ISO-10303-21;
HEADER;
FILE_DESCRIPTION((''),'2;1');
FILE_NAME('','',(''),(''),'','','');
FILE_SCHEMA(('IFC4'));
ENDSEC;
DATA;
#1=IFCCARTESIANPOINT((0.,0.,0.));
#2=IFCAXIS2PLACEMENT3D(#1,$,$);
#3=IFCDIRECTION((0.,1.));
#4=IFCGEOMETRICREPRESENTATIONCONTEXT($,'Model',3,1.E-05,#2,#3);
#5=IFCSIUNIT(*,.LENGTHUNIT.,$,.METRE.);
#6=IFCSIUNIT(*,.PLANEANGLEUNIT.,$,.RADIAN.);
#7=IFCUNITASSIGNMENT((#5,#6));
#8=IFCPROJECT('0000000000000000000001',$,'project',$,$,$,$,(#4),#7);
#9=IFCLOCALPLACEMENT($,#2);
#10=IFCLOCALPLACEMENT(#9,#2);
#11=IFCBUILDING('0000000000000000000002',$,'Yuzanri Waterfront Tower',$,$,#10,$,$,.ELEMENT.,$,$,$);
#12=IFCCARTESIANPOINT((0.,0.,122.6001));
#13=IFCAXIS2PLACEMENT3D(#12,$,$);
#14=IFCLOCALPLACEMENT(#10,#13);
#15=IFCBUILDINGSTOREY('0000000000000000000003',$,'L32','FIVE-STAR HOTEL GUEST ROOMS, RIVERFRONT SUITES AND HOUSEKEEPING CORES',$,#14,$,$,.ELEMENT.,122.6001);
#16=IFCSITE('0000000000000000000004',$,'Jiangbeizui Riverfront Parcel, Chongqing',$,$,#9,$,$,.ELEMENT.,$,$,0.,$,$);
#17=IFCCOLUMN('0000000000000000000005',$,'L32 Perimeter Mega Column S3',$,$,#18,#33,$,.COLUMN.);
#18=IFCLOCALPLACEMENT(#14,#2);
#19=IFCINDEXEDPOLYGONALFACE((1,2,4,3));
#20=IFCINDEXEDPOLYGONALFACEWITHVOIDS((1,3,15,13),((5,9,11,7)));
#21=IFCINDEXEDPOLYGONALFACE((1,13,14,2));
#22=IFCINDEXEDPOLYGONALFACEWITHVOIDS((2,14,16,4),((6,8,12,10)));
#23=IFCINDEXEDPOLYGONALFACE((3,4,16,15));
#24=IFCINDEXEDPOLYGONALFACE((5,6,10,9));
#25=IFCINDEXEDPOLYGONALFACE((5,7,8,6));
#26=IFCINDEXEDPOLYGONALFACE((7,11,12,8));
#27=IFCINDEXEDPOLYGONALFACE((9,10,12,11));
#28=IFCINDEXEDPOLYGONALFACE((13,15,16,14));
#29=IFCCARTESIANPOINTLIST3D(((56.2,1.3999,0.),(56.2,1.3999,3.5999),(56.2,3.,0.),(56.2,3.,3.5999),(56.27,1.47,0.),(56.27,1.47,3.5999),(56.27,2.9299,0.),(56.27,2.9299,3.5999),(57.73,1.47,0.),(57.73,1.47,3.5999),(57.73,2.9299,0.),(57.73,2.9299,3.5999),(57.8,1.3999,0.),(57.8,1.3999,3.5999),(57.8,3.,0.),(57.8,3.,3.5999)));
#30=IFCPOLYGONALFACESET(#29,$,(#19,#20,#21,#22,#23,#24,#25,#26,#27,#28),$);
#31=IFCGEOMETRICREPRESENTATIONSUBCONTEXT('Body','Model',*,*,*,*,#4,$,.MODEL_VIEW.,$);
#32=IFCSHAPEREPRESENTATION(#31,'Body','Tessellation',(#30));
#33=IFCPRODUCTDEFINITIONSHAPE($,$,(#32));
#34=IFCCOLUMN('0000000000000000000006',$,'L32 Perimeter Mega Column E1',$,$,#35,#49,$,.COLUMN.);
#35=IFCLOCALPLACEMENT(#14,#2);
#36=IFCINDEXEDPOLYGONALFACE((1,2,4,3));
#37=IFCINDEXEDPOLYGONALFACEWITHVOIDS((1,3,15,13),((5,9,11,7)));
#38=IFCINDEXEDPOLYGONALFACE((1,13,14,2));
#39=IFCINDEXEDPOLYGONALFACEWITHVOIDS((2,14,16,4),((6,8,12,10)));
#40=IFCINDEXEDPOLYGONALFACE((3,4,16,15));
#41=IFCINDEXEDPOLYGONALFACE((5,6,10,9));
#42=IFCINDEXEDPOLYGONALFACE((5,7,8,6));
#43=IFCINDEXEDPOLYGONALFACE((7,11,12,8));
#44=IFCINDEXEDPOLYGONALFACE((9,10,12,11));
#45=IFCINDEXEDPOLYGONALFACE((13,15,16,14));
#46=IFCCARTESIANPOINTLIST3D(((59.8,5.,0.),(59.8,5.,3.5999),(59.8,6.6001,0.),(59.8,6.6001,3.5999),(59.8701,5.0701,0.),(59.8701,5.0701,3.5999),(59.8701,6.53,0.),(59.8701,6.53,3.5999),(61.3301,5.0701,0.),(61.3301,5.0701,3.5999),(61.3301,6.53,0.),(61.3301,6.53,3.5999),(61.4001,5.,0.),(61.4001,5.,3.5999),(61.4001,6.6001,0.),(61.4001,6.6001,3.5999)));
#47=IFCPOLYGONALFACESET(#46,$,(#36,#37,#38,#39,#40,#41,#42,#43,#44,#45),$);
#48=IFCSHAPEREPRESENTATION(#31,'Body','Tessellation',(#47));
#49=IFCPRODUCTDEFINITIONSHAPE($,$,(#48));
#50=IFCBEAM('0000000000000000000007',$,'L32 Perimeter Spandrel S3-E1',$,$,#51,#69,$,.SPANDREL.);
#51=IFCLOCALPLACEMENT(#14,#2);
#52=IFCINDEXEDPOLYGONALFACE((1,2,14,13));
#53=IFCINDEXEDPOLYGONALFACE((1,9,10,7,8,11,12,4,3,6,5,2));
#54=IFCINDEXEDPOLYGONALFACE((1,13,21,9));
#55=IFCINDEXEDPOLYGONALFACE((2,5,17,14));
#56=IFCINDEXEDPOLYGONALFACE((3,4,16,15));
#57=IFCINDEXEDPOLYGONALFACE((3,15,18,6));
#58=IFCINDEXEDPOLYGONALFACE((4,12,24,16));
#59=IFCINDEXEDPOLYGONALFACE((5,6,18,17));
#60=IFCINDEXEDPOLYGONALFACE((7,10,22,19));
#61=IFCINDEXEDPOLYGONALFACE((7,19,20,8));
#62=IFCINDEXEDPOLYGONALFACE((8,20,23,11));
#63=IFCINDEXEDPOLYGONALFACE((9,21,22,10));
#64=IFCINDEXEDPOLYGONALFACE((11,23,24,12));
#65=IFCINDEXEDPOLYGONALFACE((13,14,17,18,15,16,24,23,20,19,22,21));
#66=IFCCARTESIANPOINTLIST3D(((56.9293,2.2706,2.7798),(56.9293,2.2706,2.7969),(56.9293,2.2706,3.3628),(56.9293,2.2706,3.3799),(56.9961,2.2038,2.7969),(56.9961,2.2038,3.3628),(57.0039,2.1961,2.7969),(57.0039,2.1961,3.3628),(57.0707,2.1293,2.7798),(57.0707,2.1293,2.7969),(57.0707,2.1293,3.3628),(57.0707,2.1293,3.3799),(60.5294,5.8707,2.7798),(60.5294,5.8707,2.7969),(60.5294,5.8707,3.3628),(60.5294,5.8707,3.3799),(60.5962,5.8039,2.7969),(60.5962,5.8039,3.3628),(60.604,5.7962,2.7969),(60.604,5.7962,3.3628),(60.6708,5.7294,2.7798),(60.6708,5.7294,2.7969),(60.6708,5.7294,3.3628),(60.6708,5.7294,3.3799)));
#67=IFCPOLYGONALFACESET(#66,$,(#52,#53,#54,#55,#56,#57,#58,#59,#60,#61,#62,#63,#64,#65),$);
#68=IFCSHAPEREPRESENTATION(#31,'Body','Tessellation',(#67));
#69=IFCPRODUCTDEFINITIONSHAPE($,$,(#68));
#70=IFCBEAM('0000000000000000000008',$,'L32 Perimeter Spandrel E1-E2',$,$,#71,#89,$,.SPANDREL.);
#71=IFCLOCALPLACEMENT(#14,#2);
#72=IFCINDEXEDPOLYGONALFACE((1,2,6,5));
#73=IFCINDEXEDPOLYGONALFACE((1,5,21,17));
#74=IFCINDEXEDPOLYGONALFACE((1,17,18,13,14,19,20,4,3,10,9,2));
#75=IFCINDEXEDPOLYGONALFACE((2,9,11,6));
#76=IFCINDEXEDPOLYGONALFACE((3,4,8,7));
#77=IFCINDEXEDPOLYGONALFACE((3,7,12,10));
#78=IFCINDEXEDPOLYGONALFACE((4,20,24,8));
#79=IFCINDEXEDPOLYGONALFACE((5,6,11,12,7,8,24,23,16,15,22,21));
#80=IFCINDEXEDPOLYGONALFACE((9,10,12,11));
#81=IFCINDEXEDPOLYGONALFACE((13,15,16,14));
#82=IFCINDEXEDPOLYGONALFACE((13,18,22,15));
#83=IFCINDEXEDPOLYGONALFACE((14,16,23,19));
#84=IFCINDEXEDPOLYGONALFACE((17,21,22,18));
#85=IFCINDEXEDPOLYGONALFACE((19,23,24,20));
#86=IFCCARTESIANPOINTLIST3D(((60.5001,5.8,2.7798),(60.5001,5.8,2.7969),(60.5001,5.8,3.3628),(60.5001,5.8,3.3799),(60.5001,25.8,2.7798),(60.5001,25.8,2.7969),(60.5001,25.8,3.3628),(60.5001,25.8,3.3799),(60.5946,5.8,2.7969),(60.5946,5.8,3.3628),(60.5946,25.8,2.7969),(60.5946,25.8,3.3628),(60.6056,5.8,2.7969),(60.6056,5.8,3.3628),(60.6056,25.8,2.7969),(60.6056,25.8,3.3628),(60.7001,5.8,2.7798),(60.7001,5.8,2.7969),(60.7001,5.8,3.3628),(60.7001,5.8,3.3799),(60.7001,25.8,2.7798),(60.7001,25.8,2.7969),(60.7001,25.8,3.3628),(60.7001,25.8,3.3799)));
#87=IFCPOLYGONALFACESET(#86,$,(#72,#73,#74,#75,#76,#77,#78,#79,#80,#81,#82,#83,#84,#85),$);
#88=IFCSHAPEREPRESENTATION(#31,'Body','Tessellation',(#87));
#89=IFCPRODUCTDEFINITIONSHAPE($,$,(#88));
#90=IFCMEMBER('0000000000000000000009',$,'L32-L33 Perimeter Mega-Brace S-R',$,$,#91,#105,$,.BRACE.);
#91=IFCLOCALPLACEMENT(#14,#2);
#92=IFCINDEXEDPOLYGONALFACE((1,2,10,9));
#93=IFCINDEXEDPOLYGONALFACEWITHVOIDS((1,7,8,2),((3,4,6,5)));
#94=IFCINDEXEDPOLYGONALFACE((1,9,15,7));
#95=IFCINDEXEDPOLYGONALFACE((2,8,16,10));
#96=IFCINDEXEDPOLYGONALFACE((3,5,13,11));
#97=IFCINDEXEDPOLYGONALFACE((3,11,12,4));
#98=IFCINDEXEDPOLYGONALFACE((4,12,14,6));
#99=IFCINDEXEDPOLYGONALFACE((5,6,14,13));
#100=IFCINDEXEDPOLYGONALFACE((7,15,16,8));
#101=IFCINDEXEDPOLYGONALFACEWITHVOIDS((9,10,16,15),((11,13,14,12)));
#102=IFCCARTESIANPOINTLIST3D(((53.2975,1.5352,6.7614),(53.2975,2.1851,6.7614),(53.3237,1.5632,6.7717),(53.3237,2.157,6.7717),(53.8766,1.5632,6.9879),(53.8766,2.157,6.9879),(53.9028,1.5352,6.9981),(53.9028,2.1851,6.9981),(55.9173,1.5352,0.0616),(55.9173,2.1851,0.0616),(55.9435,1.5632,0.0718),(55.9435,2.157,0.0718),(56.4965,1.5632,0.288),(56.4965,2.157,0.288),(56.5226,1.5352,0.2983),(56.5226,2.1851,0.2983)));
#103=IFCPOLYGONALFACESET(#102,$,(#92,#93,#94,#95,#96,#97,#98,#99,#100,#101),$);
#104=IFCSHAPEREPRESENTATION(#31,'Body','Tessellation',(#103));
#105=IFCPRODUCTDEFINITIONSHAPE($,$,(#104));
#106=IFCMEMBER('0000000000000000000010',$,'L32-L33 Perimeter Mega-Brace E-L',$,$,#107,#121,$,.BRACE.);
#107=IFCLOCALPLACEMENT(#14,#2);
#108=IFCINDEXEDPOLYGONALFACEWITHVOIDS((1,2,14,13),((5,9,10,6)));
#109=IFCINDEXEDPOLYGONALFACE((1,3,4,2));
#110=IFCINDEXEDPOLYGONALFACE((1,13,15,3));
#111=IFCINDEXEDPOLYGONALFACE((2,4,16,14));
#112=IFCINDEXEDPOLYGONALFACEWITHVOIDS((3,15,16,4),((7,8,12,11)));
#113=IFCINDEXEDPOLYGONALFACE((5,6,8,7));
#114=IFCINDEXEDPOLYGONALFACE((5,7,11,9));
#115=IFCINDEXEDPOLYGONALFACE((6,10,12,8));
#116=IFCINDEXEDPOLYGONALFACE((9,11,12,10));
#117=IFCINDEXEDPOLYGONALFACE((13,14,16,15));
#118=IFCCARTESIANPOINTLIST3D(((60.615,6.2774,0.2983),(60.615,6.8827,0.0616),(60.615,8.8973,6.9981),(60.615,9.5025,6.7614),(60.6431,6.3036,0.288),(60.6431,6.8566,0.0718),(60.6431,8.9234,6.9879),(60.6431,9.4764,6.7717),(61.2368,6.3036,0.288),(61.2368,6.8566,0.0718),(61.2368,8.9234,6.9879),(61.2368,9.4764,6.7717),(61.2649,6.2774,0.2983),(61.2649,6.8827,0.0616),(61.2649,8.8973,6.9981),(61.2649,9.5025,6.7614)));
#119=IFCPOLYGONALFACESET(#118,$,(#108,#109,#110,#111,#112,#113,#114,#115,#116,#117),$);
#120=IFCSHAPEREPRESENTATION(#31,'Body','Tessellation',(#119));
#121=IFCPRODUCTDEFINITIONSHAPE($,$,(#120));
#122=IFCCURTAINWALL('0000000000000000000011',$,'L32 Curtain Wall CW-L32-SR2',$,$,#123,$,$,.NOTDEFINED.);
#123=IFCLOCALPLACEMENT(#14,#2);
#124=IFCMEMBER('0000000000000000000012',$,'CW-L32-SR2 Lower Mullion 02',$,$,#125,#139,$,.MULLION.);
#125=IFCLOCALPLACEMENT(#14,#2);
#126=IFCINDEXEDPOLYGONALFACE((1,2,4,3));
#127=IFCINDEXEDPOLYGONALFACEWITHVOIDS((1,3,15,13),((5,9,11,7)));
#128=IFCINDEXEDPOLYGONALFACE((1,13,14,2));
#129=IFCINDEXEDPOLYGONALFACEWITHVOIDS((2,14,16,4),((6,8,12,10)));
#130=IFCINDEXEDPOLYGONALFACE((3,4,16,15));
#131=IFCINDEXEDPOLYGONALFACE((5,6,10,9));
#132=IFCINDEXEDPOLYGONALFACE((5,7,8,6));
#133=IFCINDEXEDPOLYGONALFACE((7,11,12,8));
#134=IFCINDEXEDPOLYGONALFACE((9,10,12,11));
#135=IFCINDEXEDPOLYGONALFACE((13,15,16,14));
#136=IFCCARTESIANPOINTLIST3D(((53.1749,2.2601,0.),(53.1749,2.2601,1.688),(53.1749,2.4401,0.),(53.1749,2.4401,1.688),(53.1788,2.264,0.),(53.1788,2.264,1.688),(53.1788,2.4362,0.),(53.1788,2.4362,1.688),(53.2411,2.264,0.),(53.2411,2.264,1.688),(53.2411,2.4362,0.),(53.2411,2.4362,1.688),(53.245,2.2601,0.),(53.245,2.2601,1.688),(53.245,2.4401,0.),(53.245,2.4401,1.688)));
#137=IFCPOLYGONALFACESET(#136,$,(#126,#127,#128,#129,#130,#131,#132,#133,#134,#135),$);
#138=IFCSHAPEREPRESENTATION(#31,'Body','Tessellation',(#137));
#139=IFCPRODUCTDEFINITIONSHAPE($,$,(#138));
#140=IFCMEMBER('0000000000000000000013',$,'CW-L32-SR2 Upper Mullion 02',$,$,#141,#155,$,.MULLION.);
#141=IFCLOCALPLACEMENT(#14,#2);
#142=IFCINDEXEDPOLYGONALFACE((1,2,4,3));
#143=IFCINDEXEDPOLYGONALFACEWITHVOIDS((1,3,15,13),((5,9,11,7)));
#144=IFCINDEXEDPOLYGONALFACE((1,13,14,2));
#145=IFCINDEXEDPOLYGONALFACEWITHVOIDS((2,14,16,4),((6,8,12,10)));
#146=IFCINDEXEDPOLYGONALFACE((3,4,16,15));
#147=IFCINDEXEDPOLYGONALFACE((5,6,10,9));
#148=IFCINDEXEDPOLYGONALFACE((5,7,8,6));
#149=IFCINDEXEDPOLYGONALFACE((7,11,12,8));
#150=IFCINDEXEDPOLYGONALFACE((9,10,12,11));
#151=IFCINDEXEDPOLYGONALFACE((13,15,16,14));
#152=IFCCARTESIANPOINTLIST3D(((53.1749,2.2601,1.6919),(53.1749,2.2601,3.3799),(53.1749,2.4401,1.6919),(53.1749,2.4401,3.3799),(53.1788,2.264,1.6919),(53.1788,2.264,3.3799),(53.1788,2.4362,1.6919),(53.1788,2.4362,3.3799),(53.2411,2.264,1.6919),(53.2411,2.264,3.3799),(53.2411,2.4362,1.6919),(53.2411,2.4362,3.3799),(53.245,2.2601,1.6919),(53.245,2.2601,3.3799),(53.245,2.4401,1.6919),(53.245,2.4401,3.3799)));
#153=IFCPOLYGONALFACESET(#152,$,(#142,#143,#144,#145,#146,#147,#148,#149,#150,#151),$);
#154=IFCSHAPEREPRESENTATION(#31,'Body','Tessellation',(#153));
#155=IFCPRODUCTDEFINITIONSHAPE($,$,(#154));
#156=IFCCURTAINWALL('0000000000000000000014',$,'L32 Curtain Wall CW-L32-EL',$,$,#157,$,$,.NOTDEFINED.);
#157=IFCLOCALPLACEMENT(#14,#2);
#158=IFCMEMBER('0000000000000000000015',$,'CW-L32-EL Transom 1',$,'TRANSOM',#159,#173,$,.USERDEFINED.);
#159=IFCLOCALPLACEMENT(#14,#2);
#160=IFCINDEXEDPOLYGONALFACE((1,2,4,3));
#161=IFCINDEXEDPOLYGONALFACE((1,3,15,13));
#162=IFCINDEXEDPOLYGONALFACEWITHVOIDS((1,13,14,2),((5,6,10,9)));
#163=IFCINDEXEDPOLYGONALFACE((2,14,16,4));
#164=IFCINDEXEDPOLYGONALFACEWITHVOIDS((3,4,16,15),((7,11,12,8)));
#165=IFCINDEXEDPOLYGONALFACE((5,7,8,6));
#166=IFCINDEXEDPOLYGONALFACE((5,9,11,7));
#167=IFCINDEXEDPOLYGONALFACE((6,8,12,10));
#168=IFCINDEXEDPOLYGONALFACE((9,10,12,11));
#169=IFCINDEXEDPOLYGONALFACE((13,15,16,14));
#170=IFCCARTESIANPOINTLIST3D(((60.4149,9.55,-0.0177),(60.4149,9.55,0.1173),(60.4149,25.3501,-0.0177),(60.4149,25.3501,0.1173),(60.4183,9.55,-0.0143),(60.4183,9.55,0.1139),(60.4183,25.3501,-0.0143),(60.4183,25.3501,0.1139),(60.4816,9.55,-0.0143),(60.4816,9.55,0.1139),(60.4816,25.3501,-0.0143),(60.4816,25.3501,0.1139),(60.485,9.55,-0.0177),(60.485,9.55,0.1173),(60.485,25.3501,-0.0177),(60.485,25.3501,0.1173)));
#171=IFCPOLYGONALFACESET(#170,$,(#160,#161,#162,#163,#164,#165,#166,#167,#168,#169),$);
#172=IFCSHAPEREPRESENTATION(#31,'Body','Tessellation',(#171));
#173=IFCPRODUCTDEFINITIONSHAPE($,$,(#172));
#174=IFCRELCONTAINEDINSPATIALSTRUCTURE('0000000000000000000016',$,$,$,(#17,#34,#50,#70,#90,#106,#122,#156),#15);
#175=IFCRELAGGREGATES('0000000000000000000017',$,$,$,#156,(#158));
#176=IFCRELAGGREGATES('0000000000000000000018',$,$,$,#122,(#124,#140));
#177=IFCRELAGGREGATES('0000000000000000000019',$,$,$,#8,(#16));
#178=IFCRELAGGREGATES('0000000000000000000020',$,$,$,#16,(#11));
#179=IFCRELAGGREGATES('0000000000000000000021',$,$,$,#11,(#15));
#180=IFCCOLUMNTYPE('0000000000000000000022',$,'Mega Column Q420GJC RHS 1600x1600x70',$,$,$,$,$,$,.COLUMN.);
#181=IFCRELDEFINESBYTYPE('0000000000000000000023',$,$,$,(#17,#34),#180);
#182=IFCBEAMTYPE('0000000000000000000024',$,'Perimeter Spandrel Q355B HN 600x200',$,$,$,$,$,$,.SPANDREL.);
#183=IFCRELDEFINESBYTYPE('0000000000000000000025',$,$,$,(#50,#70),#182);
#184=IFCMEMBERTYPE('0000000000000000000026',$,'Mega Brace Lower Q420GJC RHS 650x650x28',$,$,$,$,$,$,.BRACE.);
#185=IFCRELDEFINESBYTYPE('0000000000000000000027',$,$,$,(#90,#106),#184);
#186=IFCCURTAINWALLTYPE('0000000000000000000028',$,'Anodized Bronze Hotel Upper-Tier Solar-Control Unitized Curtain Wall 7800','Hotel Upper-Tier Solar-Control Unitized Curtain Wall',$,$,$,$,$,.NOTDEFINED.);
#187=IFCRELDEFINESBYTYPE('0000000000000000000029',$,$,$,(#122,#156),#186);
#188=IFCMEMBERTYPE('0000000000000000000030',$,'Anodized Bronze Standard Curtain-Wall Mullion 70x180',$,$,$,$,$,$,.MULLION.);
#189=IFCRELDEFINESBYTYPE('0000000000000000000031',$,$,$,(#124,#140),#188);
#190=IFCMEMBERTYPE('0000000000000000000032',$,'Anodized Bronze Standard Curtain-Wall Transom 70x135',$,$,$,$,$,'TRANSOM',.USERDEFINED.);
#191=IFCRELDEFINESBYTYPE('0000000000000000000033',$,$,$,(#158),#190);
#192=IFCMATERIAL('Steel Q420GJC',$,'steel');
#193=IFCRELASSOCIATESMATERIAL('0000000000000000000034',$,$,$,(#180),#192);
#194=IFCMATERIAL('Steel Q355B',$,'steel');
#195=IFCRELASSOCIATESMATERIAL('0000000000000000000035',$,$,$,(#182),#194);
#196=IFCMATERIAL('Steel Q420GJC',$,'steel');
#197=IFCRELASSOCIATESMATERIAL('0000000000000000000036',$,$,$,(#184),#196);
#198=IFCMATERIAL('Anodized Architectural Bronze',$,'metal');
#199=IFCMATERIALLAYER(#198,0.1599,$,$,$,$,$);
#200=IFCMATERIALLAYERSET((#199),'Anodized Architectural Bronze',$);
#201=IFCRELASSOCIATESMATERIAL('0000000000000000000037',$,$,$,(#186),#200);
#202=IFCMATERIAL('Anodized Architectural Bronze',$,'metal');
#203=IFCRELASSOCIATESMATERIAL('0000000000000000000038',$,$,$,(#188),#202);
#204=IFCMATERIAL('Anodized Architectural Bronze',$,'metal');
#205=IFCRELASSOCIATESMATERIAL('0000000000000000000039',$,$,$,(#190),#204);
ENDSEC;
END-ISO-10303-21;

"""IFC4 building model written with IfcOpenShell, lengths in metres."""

from ifc_helpers import new_model, si_unit, direction, frame, origin, origin_2d, place, context, subcontext, project, spatial, hollow_rectangle, i_section, extrude, source, transform, mapped, material, layer, layer_set, material_profile, profile_set, type_object, element, aggregate, save


model = new_model("IFC4")

# Units and contexts
model_context = context("Model", 3, precision=1e-05, world=origin(), true_north=direction((0.0, 1.0)))
body_context = subcontext(model_context, "Body", "Model", "MODEL_VIEW")
ifc_project = project(units=[si_unit("LENGTHUNIT", "METRE"), si_unit("PLANEANGLEUNIT", "RADIAN")], contexts=[model_context])

# Site, building, storey
site_placement = place(None, origin())
site = spatial("IfcSite", under=ifc_project, at=site_placement, Name="Jiangbeizui Riverfront Parcel, Chongqing", CompositionType="ELEMENT", RefElevation=0.0)
building_placement = place(site_placement, origin())
building = spatial("IfcBuilding", under=site, at=building_placement, Name="Yuzanri Waterfront Tower", CompositionType="ELEMENT")
storey_placement = place(building_placement, frame((0.0, 0.0, 122.6001)))
storey = spatial("IfcBuildingStorey", under=building, at=storey_placement, Name="L32", Description="FIVE-STAR HOTEL GUEST ROOMS, RIVERFRONT SUITES AND HOUSEKEEPING CORES", CompositionType="ELEMENT", Elevation=122.6001)

# Columns
ifc_material_1 = material(Name="Steel Q420GJC", Category="steel")
ifc_material_profile_1 = material_profile(ifc_material_1, hollow_rectangle(XDim=1.6001, YDim=1.6001, WallThickness=0.0701, at=origin_2d()), Name="RHS 1600x1600x70")
ifc_profile_set_1 = profile_set([ifc_material_profile_1], Name="Steel Q420GJC")
column_type = type_object("IfcColumnType", Name="Mega Column Q420GJC RHS 1600x1600x70", PredefinedType="COLUMN", material=ifc_profile_set_1)
shared_shape_1 = source(origin(), body_context, "Body", "SweptSolid", [
    extrude(hollow_rectangle(XDim=1.6001, YDim=1.6001, WallThickness=0.0701, at=origin_2d()), origin(), (0.0, 0.0, 1.0), 3.5999),
])
for number, where, z_axis, x_axis, name in (
    (1, (57.0, 2.2, 0.0), (0.0, 0.0, 1.0), (1.0, 0.0, 0.0), "L32 Perimeter Mega Column S3"),
    (2, (60.6001, 5.8, 0.0), (0.0, 0.0, 1.0), (1.0, 0.0, 0.0), "L32 Perimeter Mega Column E1"),
):
    element("IfcColumn", number, at=place(storey_placement, frame(where, z_axis=z_axis, x_axis=x_axis)), inside=storey, type_object=column_type, Name=name, PredefinedType="COLUMN", context=body_context, shape_type="MappedRepresentation", body=[
        mapped(shared_shape_1, transform((0.0, 0.0, 0.0), scale=1.0)),
    ])

# Beams
ifc_material_2 = material(Name="Steel Q355B", Category="steel")
ifc_material_profile_2 = material_profile(ifc_material_2, i_section(OverallWidth=0.2, OverallDepth=0.6001, WebThickness=0.011, FlangeThickness=0.0171, at=origin_2d()), Name="HN 600x200x11x17")
ifc_profile_set_2 = profile_set([ifc_material_profile_2], Name="Steel Q355B")
beam_type = type_object("IfcBeamType", Name="Perimeter Spandrel Q355B HN 600x200", PredefinedType="SPANDREL", material=ifc_profile_set_2)
shared_shape_2 = source(origin(), body_context, "Body", "SweptSolid", [
    extrude(i_section(OverallWidth=0.2, OverallDepth=0.6001, WebThickness=0.011, FlangeThickness=0.0171, at=origin_2d()), origin(), (0.0, 0.0, 1.0), 5.0913),
])
beam_1_placement = place(storey_placement, frame((57.0, 2.2, 3.0798), z_axis=(0.707107, 0.707107, 0.0), x_axis=(-0.707107, 0.707107, 0.0)))
element("IfcBeam", 3, at=beam_1_placement, inside=storey, type_object=beam_type, Name="L32 Perimeter Spandrel S3-E1", PredefinedType="SPANDREL", context=body_context, shape_type="MappedRepresentation", body=[
    mapped(shared_shape_2, transform((0.0, 0.0, 0.0), scale=1.0)),
])
shared_shape_3 = source(origin(), body_context, "Body", "SweptSolid", [
    extrude(i_section(OverallWidth=0.2, OverallDepth=0.6001, WebThickness=0.011, FlangeThickness=0.0171, at=origin_2d()), origin(), (0.0, 0.0, 1.0), 20.0),
])
beam_2_placement = place(storey_placement, frame((60.6001, 5.8, 3.0798), z_axis=(0.0, 1.0, 0.0), x_axis=(-1.0, 0.0, 0.0)))
element("IfcBeam", 4, at=beam_2_placement, inside=storey, type_object=beam_type, Name="L32 Perimeter Spandrel E1-E2", PredefinedType="SPANDREL", context=body_context, shape_type="MappedRepresentation", body=[
    mapped(shared_shape_3, transform((0.0, 0.0, 0.0), scale=1.0)),
])

# Members
ifc_material_3 = material(Name="Steel Q420GJC", Category="steel")
ifc_material_profile_3 = material_profile(ifc_material_3, hollow_rectangle(XDim=0.6499, YDim=0.6499, WallThickness=0.0281, at=origin_2d()), Name="RHS 650x650x28")
ifc_profile_set_3 = profile_set([ifc_material_profile_3], Name="Steel Q420GJC")
member_type_1 = type_object("IfcMemberType", Name="Mega Brace Lower Q420GJC RHS 650x650x28", PredefinedType="BRACE", material=ifc_profile_set_3)
shared_shape_4 = source(origin(), body_context, "Body", "SweptSolid", [
    extrude(hollow_rectangle(XDim=0.6499, YDim=0.6499, WallThickness=0.0281, at=origin_2d()), origin(), (0.0, 0.0, 1.0), 7.1938),
])
for number, where, z_axis, x_axis, name in (
    (5, (56.22, 1.8601, 0.1799), (-0.364177, 0.0, 0.93133), (0.0, -1.0, 0.0), "L32-L33 Perimeter Mega-Brace S-R"),
    (6, (60.9399, 6.5801, 0.1799), (0.0, 0.364177, 0.93133), (-1.0, 0.0, 0.0), "L32-L33 Perimeter Mega-Brace E-L"),
):
    element("IfcMember", number, at=place(storey_placement, frame(where, z_axis=z_axis, x_axis=x_axis)), inside=storey, type_object=member_type_1, Name=name, PredefinedType="BRACE", context=body_context, shape_type="MappedRepresentation", body=[
        mapped(shared_shape_4, transform((0.0, 0.0, 0.0), scale=1.0)),
    ])

# Curtain walls, members
ifc_material_4 = material(Name="Anodized Architectural Bronze", Category="metal")
ifc_layer_1 = layer(ifc_material_4, 0.1599)
ifc_layer_set_1 = layer_set([ifc_layer_1], Name="Anodized Architectural Bronze")
curtain_wall_type = type_object("IfcCurtainWallType", Name="Anodized Bronze Hotel Upper-Tier Solar-Control Unitized Curtain Wall 7800", Description="Hotel Upper-Tier Solar-Control Unitized Curtain Wall", PredefinedType="NOTDEFINED", material=ifc_layer_set_1)
curtain_wall_1_placement = place(storey_placement, origin())
curtain_wall_1 = element("IfcCurtainWall", 7, at=curtain_wall_1_placement, inside=storey, type_object=curtain_wall_type, Name="L32 Curtain Wall CW-L32-SR2", PredefinedType="NOTDEFINED")
ifc_material_5 = material(Name="Anodized Architectural Bronze", Category="metal")
ifc_material_profile_4 = material_profile(ifc_material_5, hollow_rectangle(XDim=0.0701, YDim=0.1799, WallThickness=0.0039, at=origin_2d()), Name="CWM 70x180")
ifc_profile_set_4 = profile_set([ifc_material_profile_4], Name="Anodized Architectural Bronze")
member_type_2 = type_object("IfcMemberType", Name="Anodized Bronze Standard Curtain-Wall Mullion 70x180", PredefinedType="MULLION", material=ifc_profile_set_4)
shared_shape_5 = source(origin(), body_context, "Body", "SweptSolid", [
    extrude(hollow_rectangle(XDim=0.0701, YDim=0.1799, WallThickness=0.0039, at=origin_2d()), origin(), (0.0, 0.0, 1.0), 1.688),
])
member_1_placement = place(storey_placement, frame((53.21, 2.3501, 0.0), z_axis=(0.0, 0.0, 1.0), x_axis=(1.0, 0.0, 0.0)))
member_1 = element("IfcMember", 8, at=member_1_placement, type_object=member_type_2, Name="CW-L32-SR2 Lower Mullion 02", PredefinedType="MULLION", context=body_context, shape_type="MappedRepresentation", body=[
    mapped(shared_shape_5, transform((0.0, 0.0, 0.0), scale=1.0)),
])
member_2_placement = place(storey_placement, frame((53.21, 2.3501, 1.6919), z_axis=(0.0, 0.0, 1.0), x_axis=(1.0, 0.0, 0.0)))
member_2 = element("IfcMember", 9, at=member_2_placement, type_object=member_type_2, Name="CW-L32-SR2 Upper Mullion 02", PredefinedType="MULLION", context=body_context, shape_type="MappedRepresentation", body=[
    mapped(shared_shape_5, transform((0.0, 0.0, 0.0), scale=1.0)),
])
curtain_wall_2_placement = place(storey_placement, origin())
curtain_wall_2 = element("IfcCurtainWall", 10, at=curtain_wall_2_placement, inside=storey, type_object=curtain_wall_type, Name="L32 Curtain Wall CW-L32-EL", PredefinedType="NOTDEFINED")
ifc_material_6 = material(Name="Anodized Architectural Bronze", Category="metal")
ifc_material_profile_5 = material_profile(ifc_material_6, hollow_rectangle(XDim=0.0701, YDim=0.135, WallThickness=0.0034, at=origin_2d()), Name="CWT 70x135")
ifc_profile_set_5 = profile_set([ifc_material_profile_5], Name="Anodized Architectural Bronze")
member_type_3 = type_object("IfcMemberType", Name="Anodized Bronze Standard Curtain-Wall Transom 70x135", ElementType="TRANSOM", PredefinedType="USERDEFINED", material=ifc_profile_set_5)
shared_shape_6 = source(origin(), body_context, "Body", "SweptSolid", [
    extrude(hollow_rectangle(XDim=0.0701, YDim=0.135, WallThickness=0.0034, at=origin_2d()), origin(), (0.0, 0.0, 1.0), 15.8),
])
member_3_placement = place(storey_placement, frame((60.45, 9.55, 0.0498), z_axis=(0.0, 1.0, 0.0), x_axis=(-1.0, 0.0, 0.0)))
member_3 = element("IfcMember", 11, at=member_3_placement, type_object=member_type_3, Name="CW-L32-EL Transom 1", ObjectType="TRANSOM", PredefinedType="USERDEFINED", context=body_context, shape_type="MappedRepresentation", body=[
    mapped(shared_shape_6, transform((0.0, 0.0, 0.0), scale=1.0)),
])
aggregate(curtain_wall_2, [member_3])

aggregate(curtain_wall_1, [member_1, member_2])

save(model, "model.ifc")
